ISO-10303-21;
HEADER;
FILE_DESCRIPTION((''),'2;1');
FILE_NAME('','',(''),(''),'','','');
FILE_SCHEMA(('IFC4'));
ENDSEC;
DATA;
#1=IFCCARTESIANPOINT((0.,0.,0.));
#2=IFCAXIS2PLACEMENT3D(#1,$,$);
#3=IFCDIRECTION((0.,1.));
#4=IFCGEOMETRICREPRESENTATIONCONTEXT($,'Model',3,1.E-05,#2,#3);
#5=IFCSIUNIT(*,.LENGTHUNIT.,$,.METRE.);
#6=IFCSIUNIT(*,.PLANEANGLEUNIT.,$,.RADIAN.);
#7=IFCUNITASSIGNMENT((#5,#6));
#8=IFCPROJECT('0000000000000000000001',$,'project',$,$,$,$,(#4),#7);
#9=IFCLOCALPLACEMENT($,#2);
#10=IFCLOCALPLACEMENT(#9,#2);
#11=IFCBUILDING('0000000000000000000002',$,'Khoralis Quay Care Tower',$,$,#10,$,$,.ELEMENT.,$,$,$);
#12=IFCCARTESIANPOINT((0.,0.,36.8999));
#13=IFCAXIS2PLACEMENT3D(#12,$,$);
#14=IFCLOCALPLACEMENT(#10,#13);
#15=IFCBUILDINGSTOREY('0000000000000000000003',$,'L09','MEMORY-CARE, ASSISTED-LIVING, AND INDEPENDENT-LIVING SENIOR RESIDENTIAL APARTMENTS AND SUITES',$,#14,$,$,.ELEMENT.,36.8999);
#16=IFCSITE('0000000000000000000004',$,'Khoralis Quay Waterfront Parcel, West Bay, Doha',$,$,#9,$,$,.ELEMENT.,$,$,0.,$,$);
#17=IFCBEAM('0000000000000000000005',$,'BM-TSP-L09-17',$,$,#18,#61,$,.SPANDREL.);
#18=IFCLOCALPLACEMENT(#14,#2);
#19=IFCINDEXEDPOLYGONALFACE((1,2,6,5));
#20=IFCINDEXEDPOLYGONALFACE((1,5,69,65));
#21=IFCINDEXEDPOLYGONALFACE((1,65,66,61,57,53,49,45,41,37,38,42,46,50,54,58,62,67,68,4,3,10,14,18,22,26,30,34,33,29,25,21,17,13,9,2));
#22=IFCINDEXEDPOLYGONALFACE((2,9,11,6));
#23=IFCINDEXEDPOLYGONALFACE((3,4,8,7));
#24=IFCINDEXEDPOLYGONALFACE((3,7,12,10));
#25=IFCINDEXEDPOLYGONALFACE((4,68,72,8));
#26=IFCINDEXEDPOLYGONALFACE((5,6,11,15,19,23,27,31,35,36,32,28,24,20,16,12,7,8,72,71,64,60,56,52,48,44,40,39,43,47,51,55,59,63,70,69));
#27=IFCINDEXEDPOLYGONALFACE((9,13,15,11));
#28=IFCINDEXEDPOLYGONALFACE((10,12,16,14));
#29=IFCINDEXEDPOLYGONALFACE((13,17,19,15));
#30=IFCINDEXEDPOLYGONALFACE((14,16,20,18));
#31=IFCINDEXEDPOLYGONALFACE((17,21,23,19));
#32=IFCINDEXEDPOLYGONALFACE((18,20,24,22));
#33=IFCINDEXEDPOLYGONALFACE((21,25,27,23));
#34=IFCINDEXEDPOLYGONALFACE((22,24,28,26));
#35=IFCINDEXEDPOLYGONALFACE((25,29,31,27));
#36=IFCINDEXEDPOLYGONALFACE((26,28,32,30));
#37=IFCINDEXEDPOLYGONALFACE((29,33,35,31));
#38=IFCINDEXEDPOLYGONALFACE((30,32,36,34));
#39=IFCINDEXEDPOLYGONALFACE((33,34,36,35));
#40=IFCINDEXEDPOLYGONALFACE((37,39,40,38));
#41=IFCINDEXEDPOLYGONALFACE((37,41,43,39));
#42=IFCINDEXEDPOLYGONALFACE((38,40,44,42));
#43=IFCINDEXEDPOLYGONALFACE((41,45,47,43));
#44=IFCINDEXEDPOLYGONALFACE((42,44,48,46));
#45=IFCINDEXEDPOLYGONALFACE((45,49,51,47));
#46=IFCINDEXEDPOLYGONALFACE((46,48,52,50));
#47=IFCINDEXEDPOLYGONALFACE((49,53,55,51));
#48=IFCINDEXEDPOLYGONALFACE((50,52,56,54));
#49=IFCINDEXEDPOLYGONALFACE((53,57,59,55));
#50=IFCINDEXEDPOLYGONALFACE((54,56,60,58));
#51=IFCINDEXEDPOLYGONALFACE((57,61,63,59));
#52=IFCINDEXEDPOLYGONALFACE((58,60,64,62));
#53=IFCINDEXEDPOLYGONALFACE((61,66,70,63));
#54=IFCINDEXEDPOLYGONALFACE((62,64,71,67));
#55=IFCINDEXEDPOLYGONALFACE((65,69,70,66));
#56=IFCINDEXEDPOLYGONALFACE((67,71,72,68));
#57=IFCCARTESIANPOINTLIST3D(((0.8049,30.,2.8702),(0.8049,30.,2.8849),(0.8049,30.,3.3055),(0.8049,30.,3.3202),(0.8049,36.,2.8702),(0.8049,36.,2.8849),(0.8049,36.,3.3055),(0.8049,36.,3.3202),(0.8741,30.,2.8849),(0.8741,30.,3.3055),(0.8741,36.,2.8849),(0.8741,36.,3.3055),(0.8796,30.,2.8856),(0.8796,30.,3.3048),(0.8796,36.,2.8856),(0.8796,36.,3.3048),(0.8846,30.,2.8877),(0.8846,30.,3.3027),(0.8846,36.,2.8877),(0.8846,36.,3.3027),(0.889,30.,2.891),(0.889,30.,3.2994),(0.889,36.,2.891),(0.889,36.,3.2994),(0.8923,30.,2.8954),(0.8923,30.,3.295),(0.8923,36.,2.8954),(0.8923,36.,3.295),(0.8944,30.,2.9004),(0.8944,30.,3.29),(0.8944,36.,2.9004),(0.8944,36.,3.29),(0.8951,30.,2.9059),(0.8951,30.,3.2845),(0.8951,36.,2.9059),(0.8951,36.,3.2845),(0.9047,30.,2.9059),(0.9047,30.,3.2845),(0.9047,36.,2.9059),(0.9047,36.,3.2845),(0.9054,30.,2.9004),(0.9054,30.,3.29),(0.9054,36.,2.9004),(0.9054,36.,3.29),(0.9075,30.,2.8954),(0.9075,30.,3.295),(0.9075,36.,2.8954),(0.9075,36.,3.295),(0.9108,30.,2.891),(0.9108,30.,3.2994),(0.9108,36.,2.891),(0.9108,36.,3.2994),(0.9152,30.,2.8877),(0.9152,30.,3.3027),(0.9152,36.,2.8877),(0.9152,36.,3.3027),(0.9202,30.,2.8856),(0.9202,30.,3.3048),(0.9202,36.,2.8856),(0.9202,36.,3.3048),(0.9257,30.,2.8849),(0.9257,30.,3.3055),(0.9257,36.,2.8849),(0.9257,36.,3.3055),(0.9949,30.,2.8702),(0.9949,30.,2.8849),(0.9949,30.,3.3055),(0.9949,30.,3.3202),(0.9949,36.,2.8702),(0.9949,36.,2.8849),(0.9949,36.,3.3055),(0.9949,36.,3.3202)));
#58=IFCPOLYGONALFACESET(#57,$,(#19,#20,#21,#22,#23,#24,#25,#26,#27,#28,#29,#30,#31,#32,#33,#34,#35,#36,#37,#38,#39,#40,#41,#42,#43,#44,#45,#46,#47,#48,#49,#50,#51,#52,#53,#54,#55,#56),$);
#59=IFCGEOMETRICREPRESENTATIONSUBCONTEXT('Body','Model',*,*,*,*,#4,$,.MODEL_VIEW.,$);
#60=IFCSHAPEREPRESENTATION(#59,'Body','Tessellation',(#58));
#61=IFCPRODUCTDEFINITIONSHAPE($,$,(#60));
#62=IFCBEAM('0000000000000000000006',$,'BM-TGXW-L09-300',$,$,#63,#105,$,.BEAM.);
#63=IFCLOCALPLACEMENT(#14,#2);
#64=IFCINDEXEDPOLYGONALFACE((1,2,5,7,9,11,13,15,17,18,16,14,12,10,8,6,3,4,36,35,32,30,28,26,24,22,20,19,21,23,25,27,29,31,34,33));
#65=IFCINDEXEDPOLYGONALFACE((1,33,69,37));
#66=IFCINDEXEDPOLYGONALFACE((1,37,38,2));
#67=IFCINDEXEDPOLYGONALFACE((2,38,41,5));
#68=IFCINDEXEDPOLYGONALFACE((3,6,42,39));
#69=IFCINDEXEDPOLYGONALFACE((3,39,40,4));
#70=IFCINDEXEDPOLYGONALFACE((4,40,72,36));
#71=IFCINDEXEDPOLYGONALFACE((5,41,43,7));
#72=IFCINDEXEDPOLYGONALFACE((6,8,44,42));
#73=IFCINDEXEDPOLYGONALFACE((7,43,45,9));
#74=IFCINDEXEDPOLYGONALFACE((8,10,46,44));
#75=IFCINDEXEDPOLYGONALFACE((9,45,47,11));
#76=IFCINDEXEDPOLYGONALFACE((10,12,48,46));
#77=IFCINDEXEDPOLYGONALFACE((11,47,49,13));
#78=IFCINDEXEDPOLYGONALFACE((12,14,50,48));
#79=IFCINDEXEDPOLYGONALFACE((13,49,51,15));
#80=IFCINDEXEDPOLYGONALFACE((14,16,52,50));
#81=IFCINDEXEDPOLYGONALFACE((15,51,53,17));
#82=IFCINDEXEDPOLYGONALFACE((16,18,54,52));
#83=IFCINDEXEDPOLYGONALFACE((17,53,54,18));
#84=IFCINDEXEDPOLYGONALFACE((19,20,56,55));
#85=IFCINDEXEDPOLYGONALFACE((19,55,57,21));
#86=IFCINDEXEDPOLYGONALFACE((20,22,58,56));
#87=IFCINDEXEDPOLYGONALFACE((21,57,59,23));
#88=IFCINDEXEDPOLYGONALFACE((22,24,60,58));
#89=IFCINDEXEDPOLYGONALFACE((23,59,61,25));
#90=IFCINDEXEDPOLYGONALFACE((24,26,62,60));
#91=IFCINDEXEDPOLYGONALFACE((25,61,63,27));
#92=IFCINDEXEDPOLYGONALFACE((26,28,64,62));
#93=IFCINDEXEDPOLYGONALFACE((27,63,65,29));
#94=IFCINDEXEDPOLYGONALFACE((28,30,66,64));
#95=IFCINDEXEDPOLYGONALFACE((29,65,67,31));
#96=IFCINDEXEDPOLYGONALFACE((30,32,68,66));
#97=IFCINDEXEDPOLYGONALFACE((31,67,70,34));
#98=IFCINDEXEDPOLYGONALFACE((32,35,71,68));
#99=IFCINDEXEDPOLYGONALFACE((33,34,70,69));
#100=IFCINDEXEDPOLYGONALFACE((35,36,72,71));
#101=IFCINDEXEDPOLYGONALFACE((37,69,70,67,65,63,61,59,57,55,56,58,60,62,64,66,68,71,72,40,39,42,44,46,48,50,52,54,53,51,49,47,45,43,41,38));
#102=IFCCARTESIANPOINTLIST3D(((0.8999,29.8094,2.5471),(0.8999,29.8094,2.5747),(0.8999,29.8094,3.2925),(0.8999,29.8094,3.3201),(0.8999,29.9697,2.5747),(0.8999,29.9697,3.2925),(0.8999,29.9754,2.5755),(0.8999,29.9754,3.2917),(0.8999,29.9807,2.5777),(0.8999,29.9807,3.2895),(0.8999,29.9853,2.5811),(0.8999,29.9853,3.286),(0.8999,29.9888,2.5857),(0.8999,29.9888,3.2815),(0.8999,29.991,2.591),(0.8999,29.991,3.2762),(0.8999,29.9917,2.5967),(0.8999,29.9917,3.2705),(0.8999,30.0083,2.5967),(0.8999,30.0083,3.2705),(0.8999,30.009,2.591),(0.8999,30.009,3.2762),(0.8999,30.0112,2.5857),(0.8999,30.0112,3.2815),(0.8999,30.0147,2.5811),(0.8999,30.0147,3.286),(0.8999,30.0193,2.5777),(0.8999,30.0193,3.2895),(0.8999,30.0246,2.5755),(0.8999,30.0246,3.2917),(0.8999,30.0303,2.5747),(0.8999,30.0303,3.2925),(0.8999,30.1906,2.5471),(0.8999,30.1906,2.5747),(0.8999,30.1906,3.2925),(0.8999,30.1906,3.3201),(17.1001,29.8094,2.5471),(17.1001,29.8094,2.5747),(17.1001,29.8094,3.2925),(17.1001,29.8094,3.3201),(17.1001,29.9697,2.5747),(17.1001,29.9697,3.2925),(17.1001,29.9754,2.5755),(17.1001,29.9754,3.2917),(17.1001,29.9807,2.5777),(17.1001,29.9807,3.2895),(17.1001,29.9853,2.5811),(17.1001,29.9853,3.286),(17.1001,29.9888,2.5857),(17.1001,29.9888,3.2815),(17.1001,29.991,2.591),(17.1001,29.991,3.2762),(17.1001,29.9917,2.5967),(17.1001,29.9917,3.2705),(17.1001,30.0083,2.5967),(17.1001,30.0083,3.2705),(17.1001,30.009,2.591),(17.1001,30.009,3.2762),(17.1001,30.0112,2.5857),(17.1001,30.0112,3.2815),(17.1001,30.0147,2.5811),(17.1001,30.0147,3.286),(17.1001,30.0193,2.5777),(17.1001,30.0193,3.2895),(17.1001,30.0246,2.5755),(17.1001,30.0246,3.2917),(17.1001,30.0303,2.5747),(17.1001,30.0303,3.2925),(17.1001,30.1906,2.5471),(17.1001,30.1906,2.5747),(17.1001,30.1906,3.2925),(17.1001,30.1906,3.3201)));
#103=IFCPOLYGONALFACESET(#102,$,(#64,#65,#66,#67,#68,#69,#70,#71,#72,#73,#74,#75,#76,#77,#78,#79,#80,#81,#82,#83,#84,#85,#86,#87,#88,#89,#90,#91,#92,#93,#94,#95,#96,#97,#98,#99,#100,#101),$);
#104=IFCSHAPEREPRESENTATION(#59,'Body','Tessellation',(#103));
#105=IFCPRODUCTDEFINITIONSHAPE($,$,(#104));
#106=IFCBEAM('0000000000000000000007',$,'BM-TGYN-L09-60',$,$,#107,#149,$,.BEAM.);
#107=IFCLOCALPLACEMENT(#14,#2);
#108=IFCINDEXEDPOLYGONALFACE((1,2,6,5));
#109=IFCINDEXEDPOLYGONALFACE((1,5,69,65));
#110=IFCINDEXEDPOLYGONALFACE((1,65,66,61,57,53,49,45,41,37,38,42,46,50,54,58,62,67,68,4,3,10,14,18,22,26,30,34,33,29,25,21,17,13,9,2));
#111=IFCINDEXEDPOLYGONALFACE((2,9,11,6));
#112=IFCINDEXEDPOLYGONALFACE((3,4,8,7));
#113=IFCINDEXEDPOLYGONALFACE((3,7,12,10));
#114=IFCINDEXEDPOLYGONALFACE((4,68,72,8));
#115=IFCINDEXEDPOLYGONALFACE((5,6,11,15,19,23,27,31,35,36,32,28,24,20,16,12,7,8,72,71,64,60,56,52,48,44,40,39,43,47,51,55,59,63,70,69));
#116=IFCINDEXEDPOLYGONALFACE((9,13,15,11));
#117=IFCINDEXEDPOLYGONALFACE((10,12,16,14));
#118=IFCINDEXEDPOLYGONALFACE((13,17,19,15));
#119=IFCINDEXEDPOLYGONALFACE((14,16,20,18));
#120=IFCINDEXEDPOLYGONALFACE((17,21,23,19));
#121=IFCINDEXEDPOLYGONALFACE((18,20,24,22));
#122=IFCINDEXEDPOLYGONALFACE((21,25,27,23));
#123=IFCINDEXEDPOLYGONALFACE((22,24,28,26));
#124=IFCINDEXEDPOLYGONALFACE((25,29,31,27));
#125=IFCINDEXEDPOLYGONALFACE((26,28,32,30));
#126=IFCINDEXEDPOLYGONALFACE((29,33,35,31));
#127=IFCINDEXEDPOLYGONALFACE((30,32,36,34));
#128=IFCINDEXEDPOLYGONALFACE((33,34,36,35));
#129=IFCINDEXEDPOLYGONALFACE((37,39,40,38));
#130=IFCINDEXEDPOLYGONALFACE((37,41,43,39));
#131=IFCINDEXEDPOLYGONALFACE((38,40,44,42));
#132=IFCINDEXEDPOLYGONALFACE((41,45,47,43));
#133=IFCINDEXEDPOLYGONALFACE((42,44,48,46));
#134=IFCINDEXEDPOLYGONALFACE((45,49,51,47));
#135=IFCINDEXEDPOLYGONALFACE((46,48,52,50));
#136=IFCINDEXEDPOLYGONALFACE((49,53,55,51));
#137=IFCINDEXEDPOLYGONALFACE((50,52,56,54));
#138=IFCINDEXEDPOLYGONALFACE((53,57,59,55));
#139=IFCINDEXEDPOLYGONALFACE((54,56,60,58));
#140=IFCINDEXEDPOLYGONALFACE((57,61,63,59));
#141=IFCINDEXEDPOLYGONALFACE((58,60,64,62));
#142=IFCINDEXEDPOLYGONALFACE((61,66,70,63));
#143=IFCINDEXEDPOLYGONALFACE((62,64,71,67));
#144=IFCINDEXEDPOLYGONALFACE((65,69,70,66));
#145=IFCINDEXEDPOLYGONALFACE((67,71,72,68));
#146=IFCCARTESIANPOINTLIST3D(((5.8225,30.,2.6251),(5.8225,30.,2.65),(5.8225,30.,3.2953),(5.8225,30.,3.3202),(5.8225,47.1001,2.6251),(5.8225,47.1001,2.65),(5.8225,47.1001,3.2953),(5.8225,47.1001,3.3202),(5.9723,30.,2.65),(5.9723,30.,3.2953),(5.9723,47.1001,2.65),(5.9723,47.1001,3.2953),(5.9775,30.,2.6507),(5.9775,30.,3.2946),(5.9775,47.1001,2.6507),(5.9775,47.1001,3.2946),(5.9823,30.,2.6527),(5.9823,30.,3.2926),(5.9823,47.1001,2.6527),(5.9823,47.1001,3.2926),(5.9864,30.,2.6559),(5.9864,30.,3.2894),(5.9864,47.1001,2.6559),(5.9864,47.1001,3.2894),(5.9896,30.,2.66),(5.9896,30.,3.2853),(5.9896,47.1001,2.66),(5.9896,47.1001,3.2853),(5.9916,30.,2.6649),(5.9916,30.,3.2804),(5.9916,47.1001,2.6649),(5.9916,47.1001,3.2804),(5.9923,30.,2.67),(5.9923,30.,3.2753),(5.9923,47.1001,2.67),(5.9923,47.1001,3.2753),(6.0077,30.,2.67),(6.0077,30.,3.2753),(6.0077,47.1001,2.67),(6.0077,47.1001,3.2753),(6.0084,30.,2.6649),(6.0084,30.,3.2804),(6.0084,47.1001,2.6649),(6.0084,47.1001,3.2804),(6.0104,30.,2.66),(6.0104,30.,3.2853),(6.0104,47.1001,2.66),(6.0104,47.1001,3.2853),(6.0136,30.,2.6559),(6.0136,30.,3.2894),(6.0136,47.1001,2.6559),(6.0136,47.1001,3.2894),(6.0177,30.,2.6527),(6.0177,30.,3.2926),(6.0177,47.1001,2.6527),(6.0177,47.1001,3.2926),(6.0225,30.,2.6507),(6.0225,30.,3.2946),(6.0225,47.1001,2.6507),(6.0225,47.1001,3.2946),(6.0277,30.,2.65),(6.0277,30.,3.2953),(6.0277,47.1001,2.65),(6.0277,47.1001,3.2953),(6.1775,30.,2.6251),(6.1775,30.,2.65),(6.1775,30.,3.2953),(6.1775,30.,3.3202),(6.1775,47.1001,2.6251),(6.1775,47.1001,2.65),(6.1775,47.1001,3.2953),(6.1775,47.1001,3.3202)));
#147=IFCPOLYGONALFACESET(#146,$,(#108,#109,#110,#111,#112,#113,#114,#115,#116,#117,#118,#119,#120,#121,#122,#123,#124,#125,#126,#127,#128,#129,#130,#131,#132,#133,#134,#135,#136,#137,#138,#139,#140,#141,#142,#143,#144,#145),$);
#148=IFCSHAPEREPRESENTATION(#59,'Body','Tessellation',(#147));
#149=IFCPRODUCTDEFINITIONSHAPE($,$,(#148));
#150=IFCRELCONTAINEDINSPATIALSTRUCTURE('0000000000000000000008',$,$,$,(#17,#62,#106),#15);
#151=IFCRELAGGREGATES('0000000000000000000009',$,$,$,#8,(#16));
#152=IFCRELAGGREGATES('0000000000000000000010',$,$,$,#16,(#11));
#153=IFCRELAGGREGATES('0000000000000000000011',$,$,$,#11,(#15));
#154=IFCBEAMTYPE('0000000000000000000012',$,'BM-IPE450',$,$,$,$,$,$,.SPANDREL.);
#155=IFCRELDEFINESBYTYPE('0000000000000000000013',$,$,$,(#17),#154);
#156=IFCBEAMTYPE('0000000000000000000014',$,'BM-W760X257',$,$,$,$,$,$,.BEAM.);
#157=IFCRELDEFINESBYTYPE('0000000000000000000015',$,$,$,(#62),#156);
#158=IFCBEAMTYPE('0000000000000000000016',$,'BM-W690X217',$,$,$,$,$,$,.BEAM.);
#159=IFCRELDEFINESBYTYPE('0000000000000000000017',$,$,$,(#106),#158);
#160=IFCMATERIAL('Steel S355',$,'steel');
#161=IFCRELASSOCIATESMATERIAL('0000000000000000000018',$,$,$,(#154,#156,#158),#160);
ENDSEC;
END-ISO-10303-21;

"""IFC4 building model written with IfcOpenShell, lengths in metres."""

from ifc_helpers import new_model, si_unit, direction, frame, origin, origin_2d, place, context, subcontext, project, spatial, i_section, extrude, source, transform, mapped, material, material_profile, profile_set, type_object, element, save


model = new_model("IFC4")

# Units and contexts
model_context = context("Model", 3, precision=1e-05, world=origin(), true_north=direction((0.0, 1.0)))
body_context = subcontext(model_context, "Body", "Model", "MODEL_VIEW")
ifc_project = project(units=[si_unit("LENGTHUNIT", "METRE"), si_unit("PLANEANGLEUNIT", "RADIAN")], contexts=[model_context])

# Site, building, storey
site_placement = place(None, origin())
site = spatial("IfcSite", under=ifc_project, at=site_placement, Name="Khoralis Quay Waterfront Parcel, West Bay, Doha", CompositionType="ELEMENT", RefElevation=0.0)
building_placement = place(site_placement, origin())
building = spatial("IfcBuilding", under=site, at=building_placement, Name="Khoralis Quay Care Tower", CompositionType="ELEMENT")
storey_placement = place(building_placement, frame((0.0, 0.0, 36.8999)))
storey = spatial("IfcBuildingStorey", under=building, at=storey_placement, Name="L09", Description="MEMORY-CARE, ASSISTED-LIVING, AND INDEPENDENT-LIVING SENIOR RESIDENTIAL APARTMENTS AND SUITES", CompositionType="ELEMENT", Elevation=36.8999)

# Beams
ifc_material_1 = material(Name="Steel S355", Category="steel")
ifc_material_profile_1 = material_profile(ifc_material_1, i_section(OverallWidth=0.1899, OverallDepth=0.45, WebThickness=0.0095, FlangeThickness=0.0146, FilletRadius=0.021, at=origin_2d()), Name="Steel S355")
ifc_profile_set_1 = profile_set([ifc_material_profile_1], Name="Steel S355")
beam_type_1 = type_object("IfcBeamType", Name="BM-IPE450", PredefinedType="SPANDREL", material=ifc_profile_set_1)
shared_shape_1 = source(origin(), body_context, "Body", "SweptSolid", [
    extrude(i_section(OverallWidth=0.1899, OverallDepth=0.45, WebThickness=0.0095, FlangeThickness=0.0146, FilletRadius=0.021, at=origin_2d()), origin(), (0.0, 0.0, 1.0), 6.0),
])
beam_1_placement = place(storey_placement, frame((0.8999, 30.0, 3.0952), z_axis=(0.0, 1.0, 0.0), x_axis=(-1.0, 0.0, 0.0)))
element("IfcBeam", 1, at=beam_1_placement, inside=storey, type_object=beam_type_1, Name="BM-TSP-L09-17", PredefinedType="SPANDREL", context=body_context, shape_type="MappedRepresentation", body=[
    mapped(shared_shape_1, transform((0.0, 0.0, 0.0), scale=1.0)),
])
ifc_material_profile_2 = material_profile(ifc_material_1, i_section(OverallWidth=0.3811, OverallDepth=0.7729, WebThickness=0.0166, FlangeThickness=0.0276, FilletRadius=0.022, at=origin_2d()), Name="Steel S355")
ifc_profile_set_2 = profile_set([ifc_material_profile_2], Name="Steel S355")
beam_type_2 = type_object("IfcBeamType", Name="BM-W760X257", PredefinedType="BEAM", material=ifc_profile_set_2)
shared_shape_2 = source(origin(), body_context, "Body", "SweptSolid", [
    extrude(i_section(OverallWidth=0.3811, OverallDepth=0.7729, WebThickness=0.0166, FlangeThickness=0.0276, FilletRadius=0.022, at=origin_2d()), origin(), (0.0, 0.0, 1.0), 16.2002),
])
beam_2_placement = place(storey_placement, frame((0.8999, 30.0, 2.9336), z_axis=(1.0, 0.0, 0.0), x_axis=(0.0, 1.0, 0.0)))
element("IfcBeam", 2, at=beam_2_placement, inside=storey, type_object=beam_type_2, Name="BM-TGXW-L09-300", PredefinedType="BEAM", context=body_context, shape_type="MappedRepresentation", body=[
    mapped(shared_shape_2, transform((0.0, 0.0, 0.0), scale=1.0)),
])
ifc_material_profile_3 = material_profile(ifc_material_1, i_section(OverallWidth=0.355, OverallDepth=0.6951, WebThickness=0.0154, FlangeThickness=0.0249, FilletRadius=0.02, at=origin_2d()), Name="Steel S355")
ifc_profile_set_3 = profile_set([ifc_material_profile_3], Name="Steel S355")
beam_type_3 = type_object("IfcBeamType", Name="BM-W690X217", PredefinedType="BEAM", material=ifc_profile_set_3)
shared_shape_3 = source(origin(), body_context, "Body", "SweptSolid", [
    extrude(i_section(OverallWidth=0.355, OverallDepth=0.6951, WebThickness=0.0154, FlangeThickness=0.0249, FilletRadius=0.02, at=origin_2d()), origin(), (0.0, 0.0, 1.0), 17.1001),
])
beam_3_placement = place(storey_placement, frame((6.0, 30.0, 2.9727), z_axis=(0.0, 1.0, 0.0), x_axis=(-1.0, 0.0, 0.0)))
element("IfcBeam", 3, at=beam_3_placement, inside=storey, type_object=beam_type_3, Name="BM-TGYN-L09-60", PredefinedType="BEAM", context=body_context, shape_type="MappedRepresentation", body=[
    mapped(shared_shape_3, transform((0.0, 0.0, 0.0), scale=1.0)),
])

save(model, "model.ifc")
